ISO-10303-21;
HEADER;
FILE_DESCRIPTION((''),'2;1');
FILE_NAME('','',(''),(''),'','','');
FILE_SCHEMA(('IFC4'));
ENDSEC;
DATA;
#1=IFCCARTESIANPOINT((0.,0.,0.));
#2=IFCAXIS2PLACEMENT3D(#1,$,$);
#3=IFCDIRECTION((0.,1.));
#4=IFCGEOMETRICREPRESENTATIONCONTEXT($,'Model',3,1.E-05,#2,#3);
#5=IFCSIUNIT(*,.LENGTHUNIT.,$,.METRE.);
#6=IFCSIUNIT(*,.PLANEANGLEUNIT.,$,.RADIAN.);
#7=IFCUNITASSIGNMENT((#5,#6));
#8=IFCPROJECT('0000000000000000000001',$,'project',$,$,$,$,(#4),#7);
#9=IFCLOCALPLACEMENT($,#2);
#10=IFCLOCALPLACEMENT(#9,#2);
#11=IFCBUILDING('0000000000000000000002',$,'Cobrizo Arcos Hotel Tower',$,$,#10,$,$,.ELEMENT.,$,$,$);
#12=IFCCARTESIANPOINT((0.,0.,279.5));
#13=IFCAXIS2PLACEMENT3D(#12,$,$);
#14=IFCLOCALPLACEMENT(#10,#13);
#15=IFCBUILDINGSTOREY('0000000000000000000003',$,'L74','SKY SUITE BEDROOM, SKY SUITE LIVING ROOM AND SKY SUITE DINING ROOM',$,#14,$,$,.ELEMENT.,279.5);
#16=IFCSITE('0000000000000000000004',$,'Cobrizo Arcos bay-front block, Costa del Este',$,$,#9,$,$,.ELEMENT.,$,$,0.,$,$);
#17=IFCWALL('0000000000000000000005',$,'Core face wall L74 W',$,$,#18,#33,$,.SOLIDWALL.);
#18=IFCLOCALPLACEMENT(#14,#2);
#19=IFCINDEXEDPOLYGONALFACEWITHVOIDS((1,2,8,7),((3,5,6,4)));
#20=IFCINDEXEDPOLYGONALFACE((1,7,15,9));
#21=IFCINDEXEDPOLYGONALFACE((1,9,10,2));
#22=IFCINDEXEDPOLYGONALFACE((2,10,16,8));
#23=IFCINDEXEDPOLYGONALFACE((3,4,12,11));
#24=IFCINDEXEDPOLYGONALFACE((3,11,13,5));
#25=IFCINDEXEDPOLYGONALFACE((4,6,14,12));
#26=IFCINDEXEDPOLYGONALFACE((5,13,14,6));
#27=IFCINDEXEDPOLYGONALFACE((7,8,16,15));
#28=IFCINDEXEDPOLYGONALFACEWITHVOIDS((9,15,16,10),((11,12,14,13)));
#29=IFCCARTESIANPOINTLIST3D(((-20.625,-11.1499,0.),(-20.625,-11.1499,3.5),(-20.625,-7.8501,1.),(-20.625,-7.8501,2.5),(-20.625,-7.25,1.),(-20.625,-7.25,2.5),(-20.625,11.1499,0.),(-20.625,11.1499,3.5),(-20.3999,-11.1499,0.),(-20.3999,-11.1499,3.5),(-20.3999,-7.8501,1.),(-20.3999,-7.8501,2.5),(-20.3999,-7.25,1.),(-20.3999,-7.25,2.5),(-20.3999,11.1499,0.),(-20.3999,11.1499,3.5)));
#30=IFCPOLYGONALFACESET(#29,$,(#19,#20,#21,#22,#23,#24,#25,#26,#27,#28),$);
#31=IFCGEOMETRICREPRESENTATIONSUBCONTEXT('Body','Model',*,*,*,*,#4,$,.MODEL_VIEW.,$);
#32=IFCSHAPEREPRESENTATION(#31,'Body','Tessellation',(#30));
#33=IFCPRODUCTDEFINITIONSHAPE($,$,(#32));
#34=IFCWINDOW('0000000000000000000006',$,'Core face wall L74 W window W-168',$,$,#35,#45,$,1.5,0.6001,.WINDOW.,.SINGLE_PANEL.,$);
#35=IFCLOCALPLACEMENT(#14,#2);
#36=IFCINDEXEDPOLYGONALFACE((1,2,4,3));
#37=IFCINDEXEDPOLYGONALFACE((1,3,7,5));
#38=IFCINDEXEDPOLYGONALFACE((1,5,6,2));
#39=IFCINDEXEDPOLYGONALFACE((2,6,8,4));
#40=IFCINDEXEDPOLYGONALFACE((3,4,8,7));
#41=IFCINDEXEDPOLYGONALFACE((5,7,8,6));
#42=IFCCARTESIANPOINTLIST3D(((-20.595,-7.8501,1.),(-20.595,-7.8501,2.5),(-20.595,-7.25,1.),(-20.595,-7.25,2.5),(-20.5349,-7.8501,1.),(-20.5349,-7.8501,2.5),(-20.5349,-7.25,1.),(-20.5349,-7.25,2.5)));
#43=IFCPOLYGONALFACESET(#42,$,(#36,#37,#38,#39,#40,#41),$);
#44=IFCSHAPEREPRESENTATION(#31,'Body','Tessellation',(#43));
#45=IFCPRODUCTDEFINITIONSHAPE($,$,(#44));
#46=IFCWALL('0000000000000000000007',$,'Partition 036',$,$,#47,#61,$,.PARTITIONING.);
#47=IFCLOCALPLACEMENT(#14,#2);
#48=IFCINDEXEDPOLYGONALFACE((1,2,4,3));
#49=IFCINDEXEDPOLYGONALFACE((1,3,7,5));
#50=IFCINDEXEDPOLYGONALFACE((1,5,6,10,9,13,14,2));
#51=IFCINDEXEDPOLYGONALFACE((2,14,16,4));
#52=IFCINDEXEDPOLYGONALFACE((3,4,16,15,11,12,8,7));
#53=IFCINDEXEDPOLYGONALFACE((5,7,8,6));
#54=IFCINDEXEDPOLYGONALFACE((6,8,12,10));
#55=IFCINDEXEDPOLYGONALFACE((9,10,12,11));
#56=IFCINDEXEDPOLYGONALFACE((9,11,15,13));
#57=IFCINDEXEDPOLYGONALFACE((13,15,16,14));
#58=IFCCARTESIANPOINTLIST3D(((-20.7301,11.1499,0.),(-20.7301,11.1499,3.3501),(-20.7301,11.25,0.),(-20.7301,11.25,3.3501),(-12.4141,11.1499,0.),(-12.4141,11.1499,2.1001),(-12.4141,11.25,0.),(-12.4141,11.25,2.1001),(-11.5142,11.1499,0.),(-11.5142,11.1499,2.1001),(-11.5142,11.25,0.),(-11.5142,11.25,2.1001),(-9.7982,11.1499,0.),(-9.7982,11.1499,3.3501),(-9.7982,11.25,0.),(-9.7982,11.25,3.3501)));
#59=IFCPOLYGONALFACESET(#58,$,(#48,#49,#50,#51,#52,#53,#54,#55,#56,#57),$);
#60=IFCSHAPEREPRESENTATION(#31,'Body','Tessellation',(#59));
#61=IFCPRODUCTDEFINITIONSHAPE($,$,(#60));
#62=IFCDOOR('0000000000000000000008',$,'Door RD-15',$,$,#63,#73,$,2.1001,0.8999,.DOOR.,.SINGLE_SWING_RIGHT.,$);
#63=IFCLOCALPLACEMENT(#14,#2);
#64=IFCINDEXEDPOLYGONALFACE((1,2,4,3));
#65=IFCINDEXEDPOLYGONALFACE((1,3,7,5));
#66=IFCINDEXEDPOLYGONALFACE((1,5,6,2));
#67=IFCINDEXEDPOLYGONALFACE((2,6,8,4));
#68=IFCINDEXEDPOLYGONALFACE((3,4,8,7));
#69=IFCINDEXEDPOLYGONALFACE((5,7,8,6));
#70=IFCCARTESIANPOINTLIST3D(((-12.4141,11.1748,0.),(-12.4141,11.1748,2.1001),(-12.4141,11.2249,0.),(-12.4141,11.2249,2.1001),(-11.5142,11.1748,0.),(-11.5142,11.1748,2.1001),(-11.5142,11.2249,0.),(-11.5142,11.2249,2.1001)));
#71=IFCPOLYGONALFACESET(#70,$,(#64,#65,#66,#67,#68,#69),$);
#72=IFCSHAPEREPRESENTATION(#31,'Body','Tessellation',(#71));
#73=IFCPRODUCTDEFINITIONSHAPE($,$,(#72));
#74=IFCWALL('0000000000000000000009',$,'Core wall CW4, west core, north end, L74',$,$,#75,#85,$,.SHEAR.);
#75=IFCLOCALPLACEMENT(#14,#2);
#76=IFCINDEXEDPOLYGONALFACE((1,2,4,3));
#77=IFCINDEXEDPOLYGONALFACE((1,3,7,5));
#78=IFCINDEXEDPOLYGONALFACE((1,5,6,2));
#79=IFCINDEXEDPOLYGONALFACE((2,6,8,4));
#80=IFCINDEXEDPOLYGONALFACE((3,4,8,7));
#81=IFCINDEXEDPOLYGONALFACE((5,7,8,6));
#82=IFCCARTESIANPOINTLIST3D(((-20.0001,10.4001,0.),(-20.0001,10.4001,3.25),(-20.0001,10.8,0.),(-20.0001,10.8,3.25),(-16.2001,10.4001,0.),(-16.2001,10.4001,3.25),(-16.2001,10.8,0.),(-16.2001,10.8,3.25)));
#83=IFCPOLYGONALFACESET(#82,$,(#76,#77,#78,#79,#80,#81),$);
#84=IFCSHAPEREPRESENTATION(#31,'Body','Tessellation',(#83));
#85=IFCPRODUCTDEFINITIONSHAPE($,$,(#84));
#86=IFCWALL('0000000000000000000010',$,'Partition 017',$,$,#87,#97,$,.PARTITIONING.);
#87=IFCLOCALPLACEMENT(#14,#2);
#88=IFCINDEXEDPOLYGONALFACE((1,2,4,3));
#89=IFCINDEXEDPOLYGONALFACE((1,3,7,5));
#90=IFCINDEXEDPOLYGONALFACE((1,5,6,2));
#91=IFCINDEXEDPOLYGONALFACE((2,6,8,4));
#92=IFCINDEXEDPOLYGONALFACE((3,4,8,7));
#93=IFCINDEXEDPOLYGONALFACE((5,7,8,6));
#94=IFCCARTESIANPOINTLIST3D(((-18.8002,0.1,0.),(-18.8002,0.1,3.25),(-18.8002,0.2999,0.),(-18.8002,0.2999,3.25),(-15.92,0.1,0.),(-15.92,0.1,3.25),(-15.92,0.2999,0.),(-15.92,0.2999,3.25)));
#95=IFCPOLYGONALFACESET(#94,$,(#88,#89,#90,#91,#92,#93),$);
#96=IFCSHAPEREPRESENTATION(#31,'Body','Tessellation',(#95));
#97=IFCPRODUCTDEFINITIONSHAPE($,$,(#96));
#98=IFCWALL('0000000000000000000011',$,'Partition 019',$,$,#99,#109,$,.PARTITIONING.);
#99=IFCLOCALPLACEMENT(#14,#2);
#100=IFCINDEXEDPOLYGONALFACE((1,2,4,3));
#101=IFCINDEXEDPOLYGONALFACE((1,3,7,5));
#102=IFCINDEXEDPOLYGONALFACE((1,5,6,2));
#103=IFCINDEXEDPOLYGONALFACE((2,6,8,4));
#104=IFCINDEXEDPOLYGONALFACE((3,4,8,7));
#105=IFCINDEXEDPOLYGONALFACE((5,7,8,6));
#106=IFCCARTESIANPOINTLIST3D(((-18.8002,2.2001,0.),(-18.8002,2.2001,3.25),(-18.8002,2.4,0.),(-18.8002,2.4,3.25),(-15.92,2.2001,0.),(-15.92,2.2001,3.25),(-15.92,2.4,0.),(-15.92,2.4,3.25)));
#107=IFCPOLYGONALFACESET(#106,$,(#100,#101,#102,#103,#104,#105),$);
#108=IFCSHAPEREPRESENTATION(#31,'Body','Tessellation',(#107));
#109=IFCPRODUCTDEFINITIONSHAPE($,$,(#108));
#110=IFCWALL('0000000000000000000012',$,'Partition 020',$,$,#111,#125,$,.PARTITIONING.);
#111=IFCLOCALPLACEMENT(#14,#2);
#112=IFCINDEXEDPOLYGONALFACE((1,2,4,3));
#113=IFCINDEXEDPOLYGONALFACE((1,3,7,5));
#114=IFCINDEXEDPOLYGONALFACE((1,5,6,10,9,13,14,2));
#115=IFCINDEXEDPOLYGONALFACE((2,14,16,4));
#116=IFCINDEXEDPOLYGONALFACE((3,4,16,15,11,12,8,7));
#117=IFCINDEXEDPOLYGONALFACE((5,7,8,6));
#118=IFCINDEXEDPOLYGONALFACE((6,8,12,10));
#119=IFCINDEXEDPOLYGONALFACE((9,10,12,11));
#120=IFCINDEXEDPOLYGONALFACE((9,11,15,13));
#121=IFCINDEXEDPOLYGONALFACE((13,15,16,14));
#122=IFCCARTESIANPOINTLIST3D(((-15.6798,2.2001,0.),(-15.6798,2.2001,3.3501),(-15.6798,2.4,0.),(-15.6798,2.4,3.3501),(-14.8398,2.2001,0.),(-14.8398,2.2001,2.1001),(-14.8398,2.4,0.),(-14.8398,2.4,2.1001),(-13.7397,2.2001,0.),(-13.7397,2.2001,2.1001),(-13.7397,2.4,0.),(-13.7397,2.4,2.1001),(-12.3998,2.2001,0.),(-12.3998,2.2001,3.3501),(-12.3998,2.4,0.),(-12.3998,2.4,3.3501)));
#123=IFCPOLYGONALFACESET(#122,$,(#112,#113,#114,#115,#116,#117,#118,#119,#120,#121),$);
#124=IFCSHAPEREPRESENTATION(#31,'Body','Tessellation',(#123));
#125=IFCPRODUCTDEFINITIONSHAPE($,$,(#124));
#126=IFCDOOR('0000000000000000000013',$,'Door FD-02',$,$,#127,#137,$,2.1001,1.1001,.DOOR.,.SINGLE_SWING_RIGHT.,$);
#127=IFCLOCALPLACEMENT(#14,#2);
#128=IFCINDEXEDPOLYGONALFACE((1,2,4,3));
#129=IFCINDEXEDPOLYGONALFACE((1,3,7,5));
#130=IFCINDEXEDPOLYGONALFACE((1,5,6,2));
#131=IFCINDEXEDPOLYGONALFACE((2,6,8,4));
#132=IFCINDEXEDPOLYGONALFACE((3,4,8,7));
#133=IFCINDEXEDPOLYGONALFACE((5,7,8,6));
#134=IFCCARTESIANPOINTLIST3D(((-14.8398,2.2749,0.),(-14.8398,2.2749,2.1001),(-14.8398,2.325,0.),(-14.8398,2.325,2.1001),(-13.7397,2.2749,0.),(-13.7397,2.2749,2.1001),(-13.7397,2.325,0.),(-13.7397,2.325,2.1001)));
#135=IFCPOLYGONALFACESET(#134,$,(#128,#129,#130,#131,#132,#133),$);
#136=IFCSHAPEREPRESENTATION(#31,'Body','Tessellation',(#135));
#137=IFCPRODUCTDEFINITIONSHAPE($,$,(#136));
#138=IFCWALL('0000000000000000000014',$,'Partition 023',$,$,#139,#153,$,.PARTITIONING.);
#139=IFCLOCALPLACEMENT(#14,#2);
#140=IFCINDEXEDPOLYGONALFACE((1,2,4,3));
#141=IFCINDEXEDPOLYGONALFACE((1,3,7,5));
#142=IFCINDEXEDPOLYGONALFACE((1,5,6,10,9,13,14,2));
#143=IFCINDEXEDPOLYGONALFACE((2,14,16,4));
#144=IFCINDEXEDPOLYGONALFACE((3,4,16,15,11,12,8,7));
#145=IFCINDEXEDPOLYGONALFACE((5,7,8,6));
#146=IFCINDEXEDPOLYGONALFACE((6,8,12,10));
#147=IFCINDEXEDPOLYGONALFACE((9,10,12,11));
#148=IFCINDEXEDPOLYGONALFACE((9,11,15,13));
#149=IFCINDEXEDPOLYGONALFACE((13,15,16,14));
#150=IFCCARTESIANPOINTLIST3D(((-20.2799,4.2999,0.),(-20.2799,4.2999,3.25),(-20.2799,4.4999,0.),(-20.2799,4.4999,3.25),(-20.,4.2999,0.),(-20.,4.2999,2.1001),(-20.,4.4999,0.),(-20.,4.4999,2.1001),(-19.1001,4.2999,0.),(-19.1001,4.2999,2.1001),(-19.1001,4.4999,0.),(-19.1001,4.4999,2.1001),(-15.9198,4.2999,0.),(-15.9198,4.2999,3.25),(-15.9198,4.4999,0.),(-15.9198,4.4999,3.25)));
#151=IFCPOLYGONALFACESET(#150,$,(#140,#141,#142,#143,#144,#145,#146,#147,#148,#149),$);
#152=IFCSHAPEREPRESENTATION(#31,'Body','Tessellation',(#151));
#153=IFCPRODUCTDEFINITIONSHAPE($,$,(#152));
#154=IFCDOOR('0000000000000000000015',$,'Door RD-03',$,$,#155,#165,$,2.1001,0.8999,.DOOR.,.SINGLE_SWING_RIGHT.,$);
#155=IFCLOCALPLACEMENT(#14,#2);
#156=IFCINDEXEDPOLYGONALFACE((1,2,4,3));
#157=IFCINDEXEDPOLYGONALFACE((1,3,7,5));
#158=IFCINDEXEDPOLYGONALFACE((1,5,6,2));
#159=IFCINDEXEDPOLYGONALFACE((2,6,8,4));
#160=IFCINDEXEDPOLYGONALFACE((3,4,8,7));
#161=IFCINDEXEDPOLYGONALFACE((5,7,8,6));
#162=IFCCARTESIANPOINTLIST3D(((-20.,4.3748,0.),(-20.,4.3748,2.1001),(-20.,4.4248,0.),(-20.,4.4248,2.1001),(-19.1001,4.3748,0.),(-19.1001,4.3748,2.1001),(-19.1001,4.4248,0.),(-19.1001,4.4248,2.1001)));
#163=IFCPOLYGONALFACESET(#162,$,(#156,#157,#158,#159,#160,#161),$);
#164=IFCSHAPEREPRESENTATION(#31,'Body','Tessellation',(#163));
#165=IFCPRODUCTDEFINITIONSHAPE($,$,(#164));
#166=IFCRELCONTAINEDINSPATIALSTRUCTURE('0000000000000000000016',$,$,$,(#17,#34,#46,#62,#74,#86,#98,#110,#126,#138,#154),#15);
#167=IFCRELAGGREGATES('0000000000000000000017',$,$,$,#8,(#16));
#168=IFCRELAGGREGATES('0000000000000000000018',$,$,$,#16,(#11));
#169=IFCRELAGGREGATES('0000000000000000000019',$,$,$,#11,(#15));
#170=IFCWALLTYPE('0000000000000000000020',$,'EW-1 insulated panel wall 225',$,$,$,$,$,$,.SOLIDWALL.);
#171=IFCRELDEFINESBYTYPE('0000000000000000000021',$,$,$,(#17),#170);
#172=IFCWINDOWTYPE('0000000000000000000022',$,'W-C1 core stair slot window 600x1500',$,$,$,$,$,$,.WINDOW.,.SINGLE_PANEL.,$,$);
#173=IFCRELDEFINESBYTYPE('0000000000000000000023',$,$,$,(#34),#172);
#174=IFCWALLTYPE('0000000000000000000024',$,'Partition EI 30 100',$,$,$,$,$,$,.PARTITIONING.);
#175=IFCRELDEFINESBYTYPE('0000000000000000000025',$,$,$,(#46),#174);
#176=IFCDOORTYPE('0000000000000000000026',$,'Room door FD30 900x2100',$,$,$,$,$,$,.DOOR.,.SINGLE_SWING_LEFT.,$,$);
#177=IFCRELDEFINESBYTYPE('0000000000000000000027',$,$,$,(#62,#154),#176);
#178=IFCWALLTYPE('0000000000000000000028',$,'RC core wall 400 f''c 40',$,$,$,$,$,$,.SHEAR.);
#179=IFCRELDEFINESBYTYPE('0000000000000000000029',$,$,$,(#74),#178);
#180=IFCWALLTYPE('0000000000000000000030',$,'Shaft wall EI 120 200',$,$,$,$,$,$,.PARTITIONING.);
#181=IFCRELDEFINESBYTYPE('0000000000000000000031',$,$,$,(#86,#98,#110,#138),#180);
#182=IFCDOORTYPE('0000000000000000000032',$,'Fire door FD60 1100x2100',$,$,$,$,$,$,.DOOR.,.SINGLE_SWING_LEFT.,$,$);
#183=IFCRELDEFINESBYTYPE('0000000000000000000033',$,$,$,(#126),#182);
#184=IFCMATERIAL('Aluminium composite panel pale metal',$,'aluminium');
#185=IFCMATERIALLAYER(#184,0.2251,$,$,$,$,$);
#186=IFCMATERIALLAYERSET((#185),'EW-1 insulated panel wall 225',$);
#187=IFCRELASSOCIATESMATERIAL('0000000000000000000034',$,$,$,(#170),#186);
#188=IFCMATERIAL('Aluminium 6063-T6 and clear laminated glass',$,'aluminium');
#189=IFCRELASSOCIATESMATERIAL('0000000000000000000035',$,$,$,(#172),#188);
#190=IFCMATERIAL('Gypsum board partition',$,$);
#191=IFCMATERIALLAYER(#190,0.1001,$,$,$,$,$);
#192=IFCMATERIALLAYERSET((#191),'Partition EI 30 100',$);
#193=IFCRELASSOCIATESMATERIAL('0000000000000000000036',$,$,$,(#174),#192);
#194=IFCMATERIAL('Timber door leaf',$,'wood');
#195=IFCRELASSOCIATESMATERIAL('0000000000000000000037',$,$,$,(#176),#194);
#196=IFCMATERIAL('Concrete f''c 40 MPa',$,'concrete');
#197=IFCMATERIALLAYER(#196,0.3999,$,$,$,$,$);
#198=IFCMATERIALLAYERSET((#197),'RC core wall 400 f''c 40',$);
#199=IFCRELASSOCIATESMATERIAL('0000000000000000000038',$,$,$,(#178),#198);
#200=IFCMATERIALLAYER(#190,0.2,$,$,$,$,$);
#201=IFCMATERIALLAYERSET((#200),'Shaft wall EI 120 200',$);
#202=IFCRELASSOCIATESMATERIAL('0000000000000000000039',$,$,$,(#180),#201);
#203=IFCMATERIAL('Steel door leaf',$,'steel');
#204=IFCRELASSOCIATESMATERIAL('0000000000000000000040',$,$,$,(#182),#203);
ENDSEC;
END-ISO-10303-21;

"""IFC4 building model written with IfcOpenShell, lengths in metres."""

from ifc_helpers import new_model, si_unit, direction, frame, frame_2d, origin, place, context, subcontext, project, spatial, rectangle, extrude, material, layer, layer_set, type_object, element, fill, save


model = new_model("IFC4")

# Units and contexts
model_context = context("Model", 3, precision=1e-05, world=origin(), true_north=direction((0.0, 1.0)))
body_context = subcontext(model_context, "Body", "Model", "MODEL_VIEW")
ifc_project = project(units=[si_unit("LENGTHUNIT", "METRE"), si_unit("PLANEANGLEUNIT", "RADIAN")], contexts=[model_context])

# Site, building, storey
site_placement = place(None, origin())
site = spatial("IfcSite", under=ifc_project, at=site_placement, Name="Cobrizo Arcos bay-front block, Costa del Este", CompositionType="ELEMENT", RefElevation=0.0)
building_placement = place(site_placement, origin())
building = spatial("IfcBuilding", under=site, at=building_placement, Name="Cobrizo Arcos Hotel Tower", CompositionType="ELEMENT")
storey_placement = place(building_placement, frame((0.0, 0.0, 279.5)))
storey = spatial("IfcBuildingStorey", under=building, at=storey_placement, Name="L74", Description="SKY SUITE BEDROOM, SKY SUITE LIVING ROOM AND SKY SUITE DINING ROOM", CompositionType="ELEMENT", Elevation=279.5)

# Shared definitions
ifc_material_1 = material(Name="Gypsum board partition")

# Wall, opening, window
ifc_material_2 = material(Name="Aluminium composite panel pale metal", Category="aluminium")
ifc_layer_1 = layer(ifc_material_2, 0.2251)
ifc_layer_set_1 = layer_set([ifc_layer_1], Name="EW-1 insulated panel wall 225")
wall_type_1 = type_object("IfcWallType", Name="EW-1 insulated panel wall 225", PredefinedType="SOLIDWALL", material=ifc_layer_set_1)
wall_1_placement = place(storey_placement, frame((-20.5125, 11.1499, 0.0), z_axis=(0.0, 0.0, 1.0), x_axis=(0.0, -1.0, 0.0)))
wall_1 = element("IfcWall", 1, at=wall_1_placement, inside=storey, type_object=wall_type_1, Name="Core face wall L74 W", PredefinedType="SOLIDWALL", context=body_context, shape_type="SweptSolid", body=[
    extrude(rectangle(XDim=22.2998, YDim=0.2251, at=frame_2d((11.1499, 0.0))), origin(), (0.0, 0.0, 1.0), 3.5),
])
opening_1_placement = place(wall_1_placement, frame((18.3999, 0.0, 1.0)))
opening_1 = element("IfcOpeningElement", 2, at=opening_1_placement, cuts=wall_1, PredefinedType="OPENING", context=body_context, shape_type="SweptSolid", body=[
    extrude(rectangle(XDim=0.6001, YDim=1.5, at=frame_2d((0.3, 0.75))), frame((0.0, 0.1245, 0.0), z_axis=(0.0, -1.0, 0.0), x_axis=(1.0, 0.0, 0.0)), (0.0, 0.0, 1.0), 0.249),
])
ifc_material_3 = material(Name="Aluminium 6063-T6 and clear laminated glass", Category="aluminium")
window_type = type_object("IfcWindowType", Name="W-C1 core stair slot window 600x1500", PartitioningType="SINGLE_PANEL", PredefinedType="WINDOW", material=ifc_material_3)
window_placement = place(opening_1_placement, origin())
window = element("IfcWindow", 3, at=window_placement, inside=storey, type_object=window_type, Name="Core face wall L74 W window W-168", OverallHeight=1.5, OverallWidth=0.6001, PartitioningType="SINGLE_PANEL", PredefinedType="WINDOW", context=body_context, shape_type="SweptSolid", body=[
    extrude(rectangle(XDim=0.6001, YDim=1.5, at=frame_2d((0.3, 0.75))), frame((0.0, -0.0225, 0.0), z_axis=(0.0, -1.0, 0.0), x_axis=(1.0, 0.0, 0.0)), (0.0, 0.0, 1.0), 0.0601),
])
fill(opening_1, window)

# Wall, opening, door
ifc_layer_2 = layer(ifc_material_1, 0.1001)
ifc_layer_set_2 = layer_set([ifc_layer_2], Name="Partition EI 30 100")
wall_type_2 = type_object("IfcWallType", Name="Partition EI 30 100", PredefinedType="PARTITIONING", material=ifc_layer_set_2)
wall_2_placement = place(storey_placement, frame((-20.73, 11.2, 0.0), z_axis=(0.0, 0.0, 1.0), x_axis=(1.0, 0.0, 0.0)))
wall_2 = element("IfcWall", 4, at=wall_2_placement, inside=storey, type_object=wall_type_2, Name="Partition 036", PredefinedType="PARTITIONING", context=body_context, shape_type="SweptSolid", body=[
    extrude(rectangle(XDim=10.9319, YDim=0.1001, at=frame_2d((5.4658, 0.0))), origin(), (0.0, 0.0, 1.0), 3.3501),
])
opening_2_placement = place(wall_2_placement, frame((8.3159, 0.0, 0.0)))
opening_2 = element("IfcOpeningElement", 5, at=opening_2_placement, cuts=wall_2, PredefinedType="OPENING", context=body_context, shape_type="SweptSolid", body=[
    extrude(rectangle(XDim=0.8999, YDim=2.1001, at=frame_2d((0.45, 1.05))), frame((0.0, 0.062, 0.0), z_axis=(0.0, -1.0, 0.0), x_axis=(1.0, 0.0, 0.0)), (0.0, 0.0, 1.0), 0.124),
])
ifc_material_4 = material(Name="Timber door leaf", Category="wood")
door_type_1 = type_object("IfcDoorType", Name="Room door FD30 900x2100", OperationType="SINGLE_SWING_LEFT", PredefinedType="DOOR", material=ifc_material_4)
door_1_placement = place(opening_2_placement, origin())
door_1 = element("IfcDoor", 6, at=door_1_placement, inside=storey, type_object=door_type_1, Name="Door RD-15", OperationType="SINGLE_SWING_RIGHT", OverallHeight=2.1001, OverallWidth=0.8999, PredefinedType="DOOR", context=body_context, shape_type="SweptSolid", body=[
    extrude(rectangle(XDim=0.8999, YDim=2.1001, at=frame_2d((0.45, 1.05))), frame((0.0, 0.0249, 0.0), z_axis=(0.0, -1.0, 0.0), x_axis=(1.0, 0.0, 0.0)), (0.0, 0.0, 1.0), 0.05),
])
fill(opening_2, door_1)

# Walls
ifc_material_5 = material(Name="Concrete f'c 40 MPa", Category="concrete")
ifc_layer_3 = layer(ifc_material_5, 0.3999)
ifc_layer_set_3 = layer_set([ifc_layer_3], Name="RC core wall 400 f'c 40")
wall_type_3 = type_object("IfcWallType", Name="RC core wall 400 f'c 40", PredefinedType="SHEAR", material=ifc_layer_set_3)
wall_3_placement = place(storey_placement, frame((-20.0, 10.6001, 0.0), z_axis=(0.0, 0.0, 1.0), x_axis=(1.0, 0.0, 0.0)))
element("IfcWall", 7, at=wall_3_placement, inside=storey, type_object=wall_type_3, Name="Core wall CW4, west core, north end, L74", PredefinedType="SHEAR", context=body_context, shape_type="SweptSolid", body=[
    extrude(rectangle(XDim=3.8, YDim=0.3999, at=frame_2d((1.8999, 0.0))), origin(), (0.0, 0.0, 1.0), 3.25),
])
ifc_layer_4 = layer(ifc_material_1, 0.2)
ifc_layer_set_4 = layer_set([ifc_layer_4], Name="Shaft wall EI 120 200")
wall_type_4 = type_object("IfcWallType", Name="Shaft wall EI 120 200", PredefinedType="PARTITIONING", material=ifc_layer_set_4)
for number, where, z_axis, x_axis, name in (
    (8, (-18.8, 0.2, 0.0), (0.0, 0.0, 1.0), (1.0, 0.0, 0.0), "Partition 017"),
    (9, (-18.8, 2.3, 0.0), (0.0, 0.0, 1.0), (1.0, 0.0, 0.0), "Partition 019"),
):
    element("IfcWall", number, at=place(storey_placement, frame(where, z_axis=z_axis, x_axis=x_axis)), inside=storey, type_object=wall_type_4, Name=name, PredefinedType="PARTITIONING", context=body_context, shape_type="SweptSolid", body=[
        extrude(rectangle(XDim=2.8801, YDim=0.2, at=frame_2d((1.4399, 0.0))), origin(), (0.0, 0.0, 1.0), 3.25),
    ])

# Walls, openings, doors
wall_4_placement = place(storey_placement, frame((-15.6799, 2.3, 0.0), z_axis=(0.0, 0.0, 1.0), x_axis=(1.0, 0.0, 0.0)))
wall_4 = element("IfcWall", 10, at=wall_4_placement, inside=storey, type_object=wall_type_4, Name="Partition 020", PredefinedType="PARTITIONING", context=body_context, shape_type="SweptSolid", body=[
    extrude(rectangle(XDim=3.28, YDim=0.2, at=frame_2d((1.6401, 0.0))), origin(), (0.0, 0.0, 1.0), 3.3501),
])
opening_3_placement = place(wall_4_placement, frame((0.8401, 0.0, 0.0)))
opening_3 = element("IfcOpeningElement", 11, at=opening_3_placement, cuts=wall_4, PredefinedType="OPENING", context=body_context, shape_type="SweptSolid", body=[
    extrude(rectangle(XDim=1.1001, YDim=2.1001, at=frame_2d((0.55, 1.05))), frame((0.0, 0.1121, 0.0), z_axis=(0.0, -1.0, 0.0), x_axis=(1.0, 0.0, 0.0)), (0.0, 0.0, 1.0), 0.2239),
])
ifc_material_6 = material(Name="Steel door leaf", Category="steel")
door_type_2 = type_object("IfcDoorType", Name="Fire door FD60 1100x2100", OperationType="SINGLE_SWING_LEFT", PredefinedType="DOOR", material=ifc_material_6)
door_2_placement = place(opening_3_placement, origin())
door_2 = element("IfcDoor", 12, at=door_2_placement, inside=storey, type_object=door_type_2, Name="Door FD-02", OperationType="SINGLE_SWING_RIGHT", OverallHeight=2.1001, OverallWidth=1.1001, PredefinedType="DOOR", context=body_context, shape_type="SweptSolid", body=[
    extrude(rectangle(XDim=1.1001, YDim=2.1001, at=frame_2d((0.55, 1.05))), frame((0.0, 0.0249, 0.0), z_axis=(0.0, -1.0, 0.0), x_axis=(1.0, 0.0, 0.0)), (0.0, 0.0, 1.0), 0.05),
])
fill(opening_3, door_2)
wall_5_placement = place(storey_placement, frame((-20.28, 4.3999, 0.0), z_axis=(0.0, 0.0, 1.0), x_axis=(1.0, 0.0, 0.0)))
wall_5 = element("IfcWall", 13, at=wall_5_placement, inside=storey, type_object=wall_type_4, Name="Partition 023", PredefinedType="PARTITIONING", context=body_context, shape_type="SweptSolid", body=[
    extrude(rectangle(XDim=4.3601, YDim=0.2, at=frame_2d((2.1802, 0.0))), origin(), (0.0, 0.0, 1.0), 3.25),
])
opening_4_placement = place(wall_5_placement, frame((0.28, 0.0, 0.0)))
opening_4 = element("IfcOpeningElement", 14, at=opening_4_placement, cuts=wall_5, PredefinedType="OPENING", context=body_context, shape_type="SweptSolid", body=[
    extrude(rectangle(XDim=0.8999, YDim=2.1001, at=frame_2d((0.45, 1.05))), frame((0.0, 0.1121, 0.0), z_axis=(0.0, -1.0, 0.0), x_axis=(1.0, 0.0, 0.0)), (0.0, 0.0, 1.0), 0.2239),
])
door_3_placement = place(opening_4_placement, origin())
door_3 = element("IfcDoor", 15, at=door_3_placement, inside=storey, type_object=door_type_1, Name="Door RD-03", OperationType="SINGLE_SWING_RIGHT", OverallHeight=2.1001, OverallWidth=0.8999, PredefinedType="DOOR", context=body_context, shape_type="SweptSolid", body=[
    extrude(rectangle(XDim=0.8999, YDim=2.1001, at=frame_2d((0.45, 1.05))), frame((0.0, 0.0249, 0.0), z_axis=(0.0, -1.0, 0.0), x_axis=(1.0, 0.0, 0.0)), (0.0, 0.0, 1.0), 0.05),
])
fill(opening_4, door_3)

save(model, "model.ifc")
